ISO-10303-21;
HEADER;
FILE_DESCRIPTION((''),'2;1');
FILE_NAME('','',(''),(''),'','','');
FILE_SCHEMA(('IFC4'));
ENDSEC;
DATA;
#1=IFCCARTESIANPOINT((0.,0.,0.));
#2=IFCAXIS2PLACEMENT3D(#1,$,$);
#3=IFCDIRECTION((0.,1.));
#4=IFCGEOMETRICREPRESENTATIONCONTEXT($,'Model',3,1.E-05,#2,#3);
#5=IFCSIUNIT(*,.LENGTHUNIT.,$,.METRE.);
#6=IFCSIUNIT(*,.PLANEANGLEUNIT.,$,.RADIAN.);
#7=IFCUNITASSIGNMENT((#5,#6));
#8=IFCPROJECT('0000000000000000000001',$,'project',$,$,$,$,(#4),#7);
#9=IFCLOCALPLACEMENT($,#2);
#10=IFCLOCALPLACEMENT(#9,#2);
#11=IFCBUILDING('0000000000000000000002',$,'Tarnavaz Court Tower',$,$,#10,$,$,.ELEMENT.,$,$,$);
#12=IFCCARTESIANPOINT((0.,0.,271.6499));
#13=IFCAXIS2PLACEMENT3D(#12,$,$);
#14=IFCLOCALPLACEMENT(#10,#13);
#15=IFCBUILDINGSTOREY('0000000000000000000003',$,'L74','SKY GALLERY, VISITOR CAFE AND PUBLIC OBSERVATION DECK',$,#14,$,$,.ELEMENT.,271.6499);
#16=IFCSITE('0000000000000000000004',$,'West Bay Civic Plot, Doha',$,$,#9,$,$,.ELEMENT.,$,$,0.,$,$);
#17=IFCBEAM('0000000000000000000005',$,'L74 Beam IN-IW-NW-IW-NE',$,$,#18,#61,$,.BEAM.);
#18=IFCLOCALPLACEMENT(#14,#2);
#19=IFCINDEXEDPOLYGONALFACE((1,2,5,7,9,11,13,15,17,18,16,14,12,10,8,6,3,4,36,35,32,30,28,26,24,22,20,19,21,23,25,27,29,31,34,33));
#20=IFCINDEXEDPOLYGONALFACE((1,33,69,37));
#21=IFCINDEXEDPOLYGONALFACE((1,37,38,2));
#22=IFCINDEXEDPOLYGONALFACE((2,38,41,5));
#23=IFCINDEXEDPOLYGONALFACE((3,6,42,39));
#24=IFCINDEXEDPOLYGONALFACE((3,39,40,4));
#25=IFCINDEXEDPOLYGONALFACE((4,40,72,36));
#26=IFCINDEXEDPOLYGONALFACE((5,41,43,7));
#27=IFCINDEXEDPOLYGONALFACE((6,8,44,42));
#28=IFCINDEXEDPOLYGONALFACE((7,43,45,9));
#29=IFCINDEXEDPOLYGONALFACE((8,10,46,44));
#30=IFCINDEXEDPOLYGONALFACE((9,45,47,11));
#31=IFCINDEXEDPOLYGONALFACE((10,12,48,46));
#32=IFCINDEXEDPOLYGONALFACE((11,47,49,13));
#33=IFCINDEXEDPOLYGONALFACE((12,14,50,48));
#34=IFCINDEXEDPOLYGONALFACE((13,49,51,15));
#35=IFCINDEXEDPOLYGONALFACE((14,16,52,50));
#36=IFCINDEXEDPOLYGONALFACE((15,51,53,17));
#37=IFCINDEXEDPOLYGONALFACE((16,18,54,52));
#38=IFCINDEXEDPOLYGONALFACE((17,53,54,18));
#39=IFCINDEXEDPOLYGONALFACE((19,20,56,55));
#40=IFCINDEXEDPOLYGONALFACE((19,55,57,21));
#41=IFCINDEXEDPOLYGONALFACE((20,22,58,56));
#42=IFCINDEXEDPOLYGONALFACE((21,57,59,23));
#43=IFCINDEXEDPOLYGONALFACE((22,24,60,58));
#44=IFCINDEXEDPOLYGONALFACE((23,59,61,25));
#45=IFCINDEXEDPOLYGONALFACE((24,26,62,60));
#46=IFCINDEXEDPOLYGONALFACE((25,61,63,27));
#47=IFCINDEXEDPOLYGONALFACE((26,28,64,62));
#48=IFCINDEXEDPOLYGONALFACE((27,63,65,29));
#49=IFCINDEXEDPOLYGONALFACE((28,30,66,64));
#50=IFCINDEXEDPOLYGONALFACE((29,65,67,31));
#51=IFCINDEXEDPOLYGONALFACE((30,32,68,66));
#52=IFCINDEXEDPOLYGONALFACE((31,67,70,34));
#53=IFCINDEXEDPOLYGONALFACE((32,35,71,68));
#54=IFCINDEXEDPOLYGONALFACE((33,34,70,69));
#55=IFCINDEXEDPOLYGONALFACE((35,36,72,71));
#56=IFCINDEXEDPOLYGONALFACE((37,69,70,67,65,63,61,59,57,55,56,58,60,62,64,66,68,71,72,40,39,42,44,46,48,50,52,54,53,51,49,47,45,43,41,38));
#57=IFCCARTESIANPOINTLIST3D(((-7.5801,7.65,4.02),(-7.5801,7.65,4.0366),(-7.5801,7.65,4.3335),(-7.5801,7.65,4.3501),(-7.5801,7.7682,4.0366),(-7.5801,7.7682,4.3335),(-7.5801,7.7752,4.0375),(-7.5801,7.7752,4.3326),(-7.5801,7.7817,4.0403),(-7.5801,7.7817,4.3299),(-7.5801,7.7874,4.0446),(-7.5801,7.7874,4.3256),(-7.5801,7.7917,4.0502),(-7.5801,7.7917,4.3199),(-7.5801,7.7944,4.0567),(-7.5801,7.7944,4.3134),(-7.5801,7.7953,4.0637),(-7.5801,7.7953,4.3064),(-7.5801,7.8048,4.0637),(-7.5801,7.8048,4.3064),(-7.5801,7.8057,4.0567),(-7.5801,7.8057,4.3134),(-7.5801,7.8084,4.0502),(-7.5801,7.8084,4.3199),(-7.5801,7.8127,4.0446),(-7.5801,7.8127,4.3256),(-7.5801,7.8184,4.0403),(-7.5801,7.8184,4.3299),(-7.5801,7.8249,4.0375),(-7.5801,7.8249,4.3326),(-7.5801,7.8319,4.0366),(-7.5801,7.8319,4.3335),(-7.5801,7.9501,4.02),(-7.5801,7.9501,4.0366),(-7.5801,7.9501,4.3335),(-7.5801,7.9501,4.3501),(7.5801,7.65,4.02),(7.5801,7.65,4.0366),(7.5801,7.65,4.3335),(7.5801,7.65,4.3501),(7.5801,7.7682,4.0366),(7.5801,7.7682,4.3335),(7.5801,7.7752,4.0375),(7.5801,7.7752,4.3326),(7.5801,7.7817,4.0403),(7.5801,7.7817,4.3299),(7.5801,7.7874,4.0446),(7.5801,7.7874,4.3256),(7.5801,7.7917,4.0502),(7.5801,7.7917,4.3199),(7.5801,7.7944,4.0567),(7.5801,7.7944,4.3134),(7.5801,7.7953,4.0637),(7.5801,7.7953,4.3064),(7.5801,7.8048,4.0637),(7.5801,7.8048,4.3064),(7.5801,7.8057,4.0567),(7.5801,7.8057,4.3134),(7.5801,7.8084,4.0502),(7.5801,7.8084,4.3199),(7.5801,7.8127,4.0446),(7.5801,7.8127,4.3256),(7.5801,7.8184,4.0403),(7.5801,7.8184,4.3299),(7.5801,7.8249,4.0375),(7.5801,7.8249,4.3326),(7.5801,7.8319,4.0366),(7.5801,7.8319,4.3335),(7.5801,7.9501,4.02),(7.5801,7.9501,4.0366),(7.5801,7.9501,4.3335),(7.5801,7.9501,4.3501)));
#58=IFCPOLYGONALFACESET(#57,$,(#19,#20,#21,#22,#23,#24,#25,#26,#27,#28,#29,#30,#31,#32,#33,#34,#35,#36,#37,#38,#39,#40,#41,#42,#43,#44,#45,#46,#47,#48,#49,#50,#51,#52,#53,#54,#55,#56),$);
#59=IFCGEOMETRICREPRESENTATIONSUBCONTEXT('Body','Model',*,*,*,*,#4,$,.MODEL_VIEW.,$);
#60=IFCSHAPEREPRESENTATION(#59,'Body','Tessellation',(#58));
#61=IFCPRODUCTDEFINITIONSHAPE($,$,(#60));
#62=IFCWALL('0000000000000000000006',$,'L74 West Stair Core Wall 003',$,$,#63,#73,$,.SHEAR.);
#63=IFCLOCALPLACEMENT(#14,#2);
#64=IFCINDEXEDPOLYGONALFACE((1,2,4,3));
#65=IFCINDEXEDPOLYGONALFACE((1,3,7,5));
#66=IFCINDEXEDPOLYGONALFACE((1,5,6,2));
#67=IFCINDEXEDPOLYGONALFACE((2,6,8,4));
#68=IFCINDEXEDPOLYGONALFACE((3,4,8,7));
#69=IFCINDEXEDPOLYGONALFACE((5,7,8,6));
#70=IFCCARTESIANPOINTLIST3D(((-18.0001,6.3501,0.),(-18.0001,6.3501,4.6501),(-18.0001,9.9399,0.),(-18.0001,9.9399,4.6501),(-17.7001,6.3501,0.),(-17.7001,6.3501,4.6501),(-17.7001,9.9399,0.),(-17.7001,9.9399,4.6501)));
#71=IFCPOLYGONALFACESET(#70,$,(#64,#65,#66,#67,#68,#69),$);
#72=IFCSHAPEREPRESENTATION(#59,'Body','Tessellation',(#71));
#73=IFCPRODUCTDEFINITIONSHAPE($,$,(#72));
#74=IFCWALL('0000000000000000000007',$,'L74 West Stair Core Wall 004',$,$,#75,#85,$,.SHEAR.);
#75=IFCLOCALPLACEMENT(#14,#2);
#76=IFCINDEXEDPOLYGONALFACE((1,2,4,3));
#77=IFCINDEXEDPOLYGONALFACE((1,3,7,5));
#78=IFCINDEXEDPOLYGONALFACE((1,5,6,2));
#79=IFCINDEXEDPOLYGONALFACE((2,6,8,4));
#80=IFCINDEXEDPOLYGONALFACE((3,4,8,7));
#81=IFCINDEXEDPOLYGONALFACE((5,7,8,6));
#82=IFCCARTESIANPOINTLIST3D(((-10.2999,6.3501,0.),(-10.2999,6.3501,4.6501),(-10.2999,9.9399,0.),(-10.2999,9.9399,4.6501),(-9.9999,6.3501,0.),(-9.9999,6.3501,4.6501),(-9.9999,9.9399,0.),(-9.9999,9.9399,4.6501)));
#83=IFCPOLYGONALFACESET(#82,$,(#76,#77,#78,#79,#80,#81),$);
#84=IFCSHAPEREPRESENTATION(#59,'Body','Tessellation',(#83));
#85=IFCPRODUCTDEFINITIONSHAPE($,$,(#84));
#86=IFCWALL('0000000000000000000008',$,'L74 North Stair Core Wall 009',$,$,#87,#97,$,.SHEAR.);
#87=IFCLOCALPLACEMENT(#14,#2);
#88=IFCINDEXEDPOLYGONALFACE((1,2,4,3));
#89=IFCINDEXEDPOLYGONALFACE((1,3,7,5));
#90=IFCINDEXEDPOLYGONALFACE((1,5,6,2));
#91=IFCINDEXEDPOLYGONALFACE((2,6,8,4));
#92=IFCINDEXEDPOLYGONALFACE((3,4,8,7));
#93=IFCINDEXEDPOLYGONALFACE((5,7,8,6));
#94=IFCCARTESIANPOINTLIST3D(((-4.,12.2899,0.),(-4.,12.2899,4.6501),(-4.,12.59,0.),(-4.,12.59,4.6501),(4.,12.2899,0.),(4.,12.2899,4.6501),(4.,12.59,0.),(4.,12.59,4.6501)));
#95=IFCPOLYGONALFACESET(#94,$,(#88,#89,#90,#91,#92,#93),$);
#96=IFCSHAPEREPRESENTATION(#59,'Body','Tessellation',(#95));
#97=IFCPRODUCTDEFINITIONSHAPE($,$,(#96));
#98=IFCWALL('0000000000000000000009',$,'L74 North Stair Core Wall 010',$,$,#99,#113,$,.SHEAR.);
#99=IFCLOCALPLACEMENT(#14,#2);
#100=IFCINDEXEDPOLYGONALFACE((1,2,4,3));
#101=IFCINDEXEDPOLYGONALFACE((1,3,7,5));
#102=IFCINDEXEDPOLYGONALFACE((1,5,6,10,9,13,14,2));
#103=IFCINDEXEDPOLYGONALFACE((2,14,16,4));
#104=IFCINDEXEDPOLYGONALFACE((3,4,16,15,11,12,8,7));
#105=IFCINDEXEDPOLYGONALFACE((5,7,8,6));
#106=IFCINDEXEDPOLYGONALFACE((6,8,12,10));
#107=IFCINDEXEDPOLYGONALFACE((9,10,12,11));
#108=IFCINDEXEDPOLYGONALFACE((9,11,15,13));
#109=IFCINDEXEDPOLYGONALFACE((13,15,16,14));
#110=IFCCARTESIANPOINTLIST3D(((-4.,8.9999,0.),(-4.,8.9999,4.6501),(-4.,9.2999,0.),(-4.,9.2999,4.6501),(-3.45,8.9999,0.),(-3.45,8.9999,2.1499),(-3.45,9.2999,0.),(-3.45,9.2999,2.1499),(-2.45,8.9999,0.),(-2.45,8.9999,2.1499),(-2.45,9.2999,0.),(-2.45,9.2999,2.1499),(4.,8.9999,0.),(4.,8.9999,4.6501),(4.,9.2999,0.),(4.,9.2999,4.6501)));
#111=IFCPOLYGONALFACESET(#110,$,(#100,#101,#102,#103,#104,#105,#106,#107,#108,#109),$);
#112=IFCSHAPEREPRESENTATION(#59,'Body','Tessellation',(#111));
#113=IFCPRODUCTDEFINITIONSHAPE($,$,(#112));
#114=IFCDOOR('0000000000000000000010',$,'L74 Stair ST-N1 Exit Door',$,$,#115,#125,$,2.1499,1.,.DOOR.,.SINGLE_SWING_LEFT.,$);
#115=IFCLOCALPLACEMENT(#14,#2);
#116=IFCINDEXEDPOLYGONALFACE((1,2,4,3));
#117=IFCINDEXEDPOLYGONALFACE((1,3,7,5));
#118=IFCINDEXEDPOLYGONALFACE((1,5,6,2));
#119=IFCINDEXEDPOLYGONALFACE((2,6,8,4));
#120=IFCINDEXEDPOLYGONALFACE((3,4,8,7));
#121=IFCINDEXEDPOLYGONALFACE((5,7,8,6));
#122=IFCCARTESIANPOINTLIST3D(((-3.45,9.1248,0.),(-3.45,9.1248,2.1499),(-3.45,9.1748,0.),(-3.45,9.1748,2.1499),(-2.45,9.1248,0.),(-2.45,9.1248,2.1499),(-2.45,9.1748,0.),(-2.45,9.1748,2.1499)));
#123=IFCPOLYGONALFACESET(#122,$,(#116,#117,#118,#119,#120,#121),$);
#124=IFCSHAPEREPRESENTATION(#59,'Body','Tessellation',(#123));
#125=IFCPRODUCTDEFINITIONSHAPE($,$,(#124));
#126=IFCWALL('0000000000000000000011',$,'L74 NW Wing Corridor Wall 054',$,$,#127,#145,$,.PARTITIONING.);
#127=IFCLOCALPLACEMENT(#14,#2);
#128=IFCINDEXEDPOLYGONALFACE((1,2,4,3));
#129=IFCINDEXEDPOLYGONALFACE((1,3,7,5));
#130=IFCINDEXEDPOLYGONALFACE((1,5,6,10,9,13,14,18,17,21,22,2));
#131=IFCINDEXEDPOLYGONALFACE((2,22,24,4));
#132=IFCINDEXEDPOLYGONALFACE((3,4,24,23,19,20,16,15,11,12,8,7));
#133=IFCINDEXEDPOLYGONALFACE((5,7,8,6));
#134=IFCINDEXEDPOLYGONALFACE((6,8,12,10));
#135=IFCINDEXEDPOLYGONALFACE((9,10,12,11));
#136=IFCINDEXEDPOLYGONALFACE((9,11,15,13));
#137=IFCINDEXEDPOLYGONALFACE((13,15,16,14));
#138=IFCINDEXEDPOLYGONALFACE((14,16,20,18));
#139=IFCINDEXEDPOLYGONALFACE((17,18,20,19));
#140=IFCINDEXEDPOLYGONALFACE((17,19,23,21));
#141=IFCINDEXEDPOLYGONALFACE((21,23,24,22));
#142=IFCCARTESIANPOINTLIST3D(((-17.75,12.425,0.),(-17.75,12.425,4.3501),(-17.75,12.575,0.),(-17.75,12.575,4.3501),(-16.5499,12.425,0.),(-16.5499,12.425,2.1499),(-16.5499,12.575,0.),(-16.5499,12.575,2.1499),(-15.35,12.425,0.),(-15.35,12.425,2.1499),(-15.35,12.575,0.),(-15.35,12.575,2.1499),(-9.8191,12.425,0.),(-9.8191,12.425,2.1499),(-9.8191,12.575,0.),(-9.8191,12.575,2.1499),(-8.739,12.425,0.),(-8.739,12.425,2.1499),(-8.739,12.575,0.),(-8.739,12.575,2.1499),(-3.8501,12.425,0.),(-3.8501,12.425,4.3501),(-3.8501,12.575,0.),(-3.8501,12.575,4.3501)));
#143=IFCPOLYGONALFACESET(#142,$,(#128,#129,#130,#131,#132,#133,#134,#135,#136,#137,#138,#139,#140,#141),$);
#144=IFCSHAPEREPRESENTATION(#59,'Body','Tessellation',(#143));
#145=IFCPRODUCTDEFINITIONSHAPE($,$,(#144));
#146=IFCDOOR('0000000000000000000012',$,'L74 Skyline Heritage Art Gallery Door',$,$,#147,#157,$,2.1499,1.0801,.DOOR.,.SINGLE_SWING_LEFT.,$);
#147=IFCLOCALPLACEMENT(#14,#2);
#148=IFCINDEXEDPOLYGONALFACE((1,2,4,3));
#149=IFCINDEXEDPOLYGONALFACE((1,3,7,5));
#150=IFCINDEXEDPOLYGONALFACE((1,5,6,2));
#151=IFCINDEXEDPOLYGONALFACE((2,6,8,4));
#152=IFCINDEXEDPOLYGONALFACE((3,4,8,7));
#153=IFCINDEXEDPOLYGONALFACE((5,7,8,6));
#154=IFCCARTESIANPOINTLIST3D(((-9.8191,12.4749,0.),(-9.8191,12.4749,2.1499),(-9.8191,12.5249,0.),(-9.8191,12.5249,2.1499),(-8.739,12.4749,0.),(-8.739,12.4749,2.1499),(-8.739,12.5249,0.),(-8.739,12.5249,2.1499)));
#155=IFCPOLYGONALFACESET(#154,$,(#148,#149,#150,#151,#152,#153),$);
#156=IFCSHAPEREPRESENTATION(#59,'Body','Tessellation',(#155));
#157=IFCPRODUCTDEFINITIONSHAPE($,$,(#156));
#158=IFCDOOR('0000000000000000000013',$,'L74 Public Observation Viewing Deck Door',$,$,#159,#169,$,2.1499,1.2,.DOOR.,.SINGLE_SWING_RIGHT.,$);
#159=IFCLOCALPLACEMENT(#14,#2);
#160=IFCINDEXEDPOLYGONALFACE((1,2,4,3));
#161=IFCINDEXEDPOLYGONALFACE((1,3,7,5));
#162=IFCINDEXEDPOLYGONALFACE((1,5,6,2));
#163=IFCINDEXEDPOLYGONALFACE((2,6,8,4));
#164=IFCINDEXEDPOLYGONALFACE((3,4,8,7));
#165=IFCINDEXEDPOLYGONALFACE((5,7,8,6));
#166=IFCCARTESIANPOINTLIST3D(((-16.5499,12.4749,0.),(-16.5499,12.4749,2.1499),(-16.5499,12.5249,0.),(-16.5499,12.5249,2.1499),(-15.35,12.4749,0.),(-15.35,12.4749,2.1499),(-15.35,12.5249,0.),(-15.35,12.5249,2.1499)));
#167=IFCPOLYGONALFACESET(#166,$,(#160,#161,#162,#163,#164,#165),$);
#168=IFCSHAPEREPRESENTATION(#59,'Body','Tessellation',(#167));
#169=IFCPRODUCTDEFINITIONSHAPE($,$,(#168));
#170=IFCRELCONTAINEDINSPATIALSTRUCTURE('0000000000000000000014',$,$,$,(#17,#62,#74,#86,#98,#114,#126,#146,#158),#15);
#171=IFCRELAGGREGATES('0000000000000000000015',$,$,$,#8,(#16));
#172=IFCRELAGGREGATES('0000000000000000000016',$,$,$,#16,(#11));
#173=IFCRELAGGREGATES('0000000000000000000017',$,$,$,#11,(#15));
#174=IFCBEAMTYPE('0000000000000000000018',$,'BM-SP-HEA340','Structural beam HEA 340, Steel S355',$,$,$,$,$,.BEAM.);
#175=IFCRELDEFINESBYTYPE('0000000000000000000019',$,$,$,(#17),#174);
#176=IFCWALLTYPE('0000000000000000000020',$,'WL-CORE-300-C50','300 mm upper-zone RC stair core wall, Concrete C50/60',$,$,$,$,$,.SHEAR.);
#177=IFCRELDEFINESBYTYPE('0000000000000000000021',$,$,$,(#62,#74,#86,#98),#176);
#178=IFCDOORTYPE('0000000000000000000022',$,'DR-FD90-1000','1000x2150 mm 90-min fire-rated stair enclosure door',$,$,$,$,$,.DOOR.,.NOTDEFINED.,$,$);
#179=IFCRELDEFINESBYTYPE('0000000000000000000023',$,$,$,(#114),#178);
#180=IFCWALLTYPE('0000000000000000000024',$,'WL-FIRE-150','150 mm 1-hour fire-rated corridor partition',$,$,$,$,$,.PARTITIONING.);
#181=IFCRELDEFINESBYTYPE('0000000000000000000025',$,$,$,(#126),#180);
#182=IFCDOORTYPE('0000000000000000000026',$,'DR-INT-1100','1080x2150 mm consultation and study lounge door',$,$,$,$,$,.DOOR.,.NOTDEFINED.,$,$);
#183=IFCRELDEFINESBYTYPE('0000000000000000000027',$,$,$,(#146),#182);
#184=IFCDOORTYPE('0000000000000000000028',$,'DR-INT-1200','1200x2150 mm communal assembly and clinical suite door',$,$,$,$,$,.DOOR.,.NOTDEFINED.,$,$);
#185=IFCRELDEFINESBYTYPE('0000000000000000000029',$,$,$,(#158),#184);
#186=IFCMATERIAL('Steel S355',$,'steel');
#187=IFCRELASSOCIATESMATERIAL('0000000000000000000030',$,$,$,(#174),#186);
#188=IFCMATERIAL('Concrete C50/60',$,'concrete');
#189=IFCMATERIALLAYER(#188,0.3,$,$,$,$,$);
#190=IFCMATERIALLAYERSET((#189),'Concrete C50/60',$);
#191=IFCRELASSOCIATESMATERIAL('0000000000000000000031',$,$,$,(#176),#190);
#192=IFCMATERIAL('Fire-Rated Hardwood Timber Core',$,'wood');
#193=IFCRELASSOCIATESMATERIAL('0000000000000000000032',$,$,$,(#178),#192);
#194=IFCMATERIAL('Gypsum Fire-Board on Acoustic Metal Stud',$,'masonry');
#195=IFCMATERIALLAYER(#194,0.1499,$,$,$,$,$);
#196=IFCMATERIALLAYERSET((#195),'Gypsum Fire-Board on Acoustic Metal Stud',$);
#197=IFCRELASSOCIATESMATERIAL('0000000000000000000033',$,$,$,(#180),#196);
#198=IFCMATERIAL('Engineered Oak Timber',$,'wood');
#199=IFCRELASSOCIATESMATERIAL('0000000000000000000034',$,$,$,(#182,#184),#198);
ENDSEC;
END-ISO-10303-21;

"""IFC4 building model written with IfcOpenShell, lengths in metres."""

from ifc_helpers import new_model, si_unit, direction, frame, frame_2d, origin, origin_2d, place, context, subcontext, project, spatial, rectangle, i_section, extrude, material, layer, layer_set, material_profile, profile_set, type_object, element, fill, save


model = new_model("IFC4")

# Units and contexts
model_context = context("Model", 3, precision=1e-05, world=origin(), true_north=direction((0.0, 1.0)))
body_context = subcontext(model_context, "Body", "Model", "MODEL_VIEW")
ifc_project = project(units=[si_unit("LENGTHUNIT", "METRE"), si_unit("PLANEANGLEUNIT", "RADIAN")], contexts=[model_context])

# Site, building, storey
site_placement = place(None, origin())
site = spatial("IfcSite", under=ifc_project, at=site_placement, Name="West Bay Civic Plot, Doha", CompositionType="ELEMENT", RefElevation=0.0)
building_placement = place(site_placement, origin())
building = spatial("IfcBuilding", under=site, at=building_placement, Name="Tarnavaz Court Tower", CompositionType="ELEMENT")
storey_placement = place(building_placement, frame((0.0, 0.0, 271.6499)))
storey = spatial("IfcBuildingStorey", under=building, at=storey_placement, Name="L74", Description="SKY GALLERY, VISITOR CAFE AND PUBLIC OBSERVATION DECK", CompositionType="ELEMENT", Elevation=271.6499)

# Shared definitions
ifc_material_1 = material(Name="Concrete C50/60", Category="concrete")

# Beam
ifc_material_2 = material(Name="Steel S355", Category="steel")
ifc_material_profile_1 = material_profile(ifc_material_2, i_section(OverallWidth=0.3, OverallDepth=0.3301, WebThickness=0.0095, FlangeThickness=0.0166, FilletRadius=0.0271, at=origin_2d()), Name="HEA 340")
ifc_profile_set_1 = profile_set([ifc_material_profile_1], Name="Steel S355")
beam_type_1 = type_object("IfcBeamType", Name="BM-SP-HEA340", Description="Structural beam HEA 340, Steel S355", PredefinedType="BEAM", material=ifc_profile_set_1)
beam_1_placement = place(storey_placement, frame((-7.5801, 7.8, 4.1851), z_axis=(1.0, 0.0, 0.0), x_axis=(0.0, 1.0, 0.0)))
element("IfcBeam", 1, at=beam_1_placement, inside=storey, type_object=beam_type_1, Name="L74 Beam IN-IW-NW-IW-NE", PredefinedType="BEAM", context=body_context, shape_type="SweptSolid", body=[
    extrude(i_section(OverallWidth=0.3, OverallDepth=0.3301, WebThickness=0.0095, FlangeThickness=0.0166, FilletRadius=0.0271, at=origin_2d()), origin(), (0.0, 0.0, 1.0), 15.1602),
])

# Walls
ifc_layer_1 = layer(ifc_material_1, 0.3)
ifc_layer_set_1 = layer_set([ifc_layer_1], Name="Concrete C50/60")
wall_type_1 = type_object("IfcWallType", Name="WL-CORE-300-C50", Description="300 mm upper-zone RC stair core wall, Concrete C50/60", PredefinedType="SHEAR", material=ifc_layer_set_1)
for number, where, z_axis, x_axis, name in (
    (2, (-17.8501, 6.3501, 0.0), (0.0, 0.0, 1.0), (0.0, 1.0, 0.0), "L74 West Stair Core Wall 003"),
    (3, (-10.1499, 6.3501, 0.0), (0.0, 0.0, 1.0), (0.0, 1.0, 0.0), "L74 West Stair Core Wall 004"),
):
    element("IfcWall", number, at=place(storey_placement, frame(where, z_axis=z_axis, x_axis=x_axis)), inside=storey, type_object=wall_type_1, Name=name, PredefinedType="SHEAR", context=body_context, shape_type="SweptSolid", body=[
        extrude(rectangle(XDim=3.5898, YDim=0.3, at=frame_2d((1.7949, 0.0))), origin(), (0.0, 0.0, 1.0), 4.6501),
    ])
wall_1_placement = place(storey_placement, frame((-4.0, 12.4399, 0.0), z_axis=(0.0, 0.0, 1.0), x_axis=(1.0, 0.0, 0.0)))
element("IfcWall", 4, at=wall_1_placement, inside=storey, type_object=wall_type_1, Name="L74 North Stair Core Wall 009", PredefinedType="SHEAR", context=body_context, shape_type="SweptSolid", body=[
    extrude(rectangle(XDim=8.0, YDim=0.3, at=frame_2d((4.0, 0.0))), origin(), (0.0, 0.0, 1.0), 4.6501),
])

# Wall, opening, door
wall_2_placement = place(storey_placement, frame((-4.0, 9.1499, 0.0), z_axis=(0.0, 0.0, 1.0), x_axis=(1.0, 0.0, 0.0)))
wall_2 = element("IfcWall", 5, at=wall_2_placement, inside=storey, type_object=wall_type_1, Name="L74 North Stair Core Wall 010", PredefinedType="SHEAR", context=body_context, shape_type="SweptSolid", body=[
    extrude(rectangle(XDim=8.0, YDim=0.3, at=frame_2d((4.0, 0.0))), origin(), (0.0, 0.0, 1.0), 4.6501),
])
opening_1_placement = place(wall_2_placement, frame((0.55, 0.0, 0.0)))
opening_1 = element("IfcOpeningElement", 6, at=opening_1_placement, cuts=wall_2, PredefinedType="OPENING", context=body_context, shape_type="SweptSolid", body=[
    extrude(rectangle(XDim=1.0, YDim=2.1499, at=frame_2d((0.5, 1.075))), frame((0.0, 0.1599, 0.0), z_axis=(0.0, -1.0, 0.0), x_axis=(1.0, 0.0, 0.0)), (0.0, 0.0, 1.0), 0.3201),
])
ifc_material_3 = material(Name="Fire-Rated Hardwood Timber Core", Category="wood")
door_type_1 = type_object("IfcDoorType", Name="DR-FD90-1000", Description="1000x2150 mm 90-min fire-rated stair enclosure door", OperationType="NOTDEFINED", PredefinedType="DOOR", material=ifc_material_3)
door_1_placement = place(opening_1_placement, origin())
door_1 = element("IfcDoor", 7, at=door_1_placement, inside=storey, type_object=door_type_1, Name="L74 Stair ST-N1 Exit Door", OperationType="SINGLE_SWING_LEFT", OverallHeight=2.1499, OverallWidth=1.0, PredefinedType="DOOR", context=body_context, shape_type="SweptSolid", body=[
    extrude(rectangle(XDim=1.0, YDim=2.1499, at=frame_2d((0.5, 1.075))), frame((0.0, 0.0249, 0.0), z_axis=(0.0, -1.0, 0.0), x_axis=(1.0, 0.0, 0.0)), (0.0, 0.0, 1.0), 0.05),
])
fill(opening_1, door_1)

# Wall, openings, doors
ifc_material_4 = material(Name="Gypsum Fire-Board on Acoustic Metal Stud", Category="masonry")
ifc_layer_2 = layer(ifc_material_4, 0.1499)
ifc_layer_set_2 = layer_set([ifc_layer_2], Name="Gypsum Fire-Board on Acoustic Metal Stud")
wall_type_2 = type_object("IfcWallType", Name="WL-FIRE-150", Description="150 mm 1-hour fire-rated corridor partition", PredefinedType="PARTITIONING", material=ifc_layer_set_2)
wall_3_placement = place(storey_placement, frame((-17.75, 12.5, 0.0), z_axis=(0.0, 0.0, 1.0), x_axis=(1.0, 0.0, 0.0)))
wall_3 = element("IfcWall", 8, at=wall_3_placement, inside=storey, type_object=wall_type_2, Name="L74 NW Wing Corridor Wall 054", PredefinedType="PARTITIONING", context=body_context, shape_type="SweptSolid", body=[
    extrude(rectangle(XDim=13.8999, YDim=0.1499, at=frame_2d((6.95, 0.0))), origin(), (0.0, 0.0, 1.0), 4.3501),
])
opening_2_placement = place(wall_3_placement, frame((1.2, 0.0, 0.0)))
opening_2 = element("IfcOpeningElement", 9, at=opening_2_placement, cuts=wall_3, PredefinedType="OPENING", context=body_context, shape_type="SweptSolid", body=[
    extrude(rectangle(XDim=1.2, YDim=2.1499, at=frame_2d((0.6001, 1.075))), frame((0.0, 0.085, 0.0), z_axis=(0.0, -1.0, 0.0), x_axis=(1.0, 0.0, 0.0)), (0.0, 0.0, 1.0), 0.1699),
])
opening_3_placement = place(wall_3_placement, frame((7.9309, 0.0, 0.0)))
opening_3 = element("IfcOpeningElement", 10, at=opening_3_placement, cuts=wall_3, PredefinedType="OPENING", context=body_context, shape_type="SweptSolid", body=[
    extrude(rectangle(XDim=1.0801, YDim=2.1499, at=frame_2d((0.54, 1.075))), frame((0.0, 0.085, 0.0), z_axis=(0.0, -1.0, 0.0), x_axis=(1.0, 0.0, 0.0)), (0.0, 0.0, 1.0), 0.1699),
])
ifc_material_5 = material(Name="Engineered Oak Timber", Category="wood")
door_type_2 = type_object("IfcDoorType", Name="DR-INT-1100", Description="1080x2150 mm consultation and study lounge door", OperationType="NOTDEFINED", PredefinedType="DOOR", material=ifc_material_5)
door_2_placement = place(opening_3_placement, origin())
door_2 = element("IfcDoor", 11, at=door_2_placement, inside=storey, type_object=door_type_2, Name="L74 Skyline Heritage Art Gallery Door", OperationType="SINGLE_SWING_LEFT", OverallHeight=2.1499, OverallWidth=1.0801, PredefinedType="DOOR", context=body_context, shape_type="SweptSolid", body=[
    extrude(rectangle(XDim=1.0801, YDim=2.1499, at=frame_2d((0.54, 1.075))), frame((0.0, 0.0249, 0.0), z_axis=(0.0, -1.0, 0.0), x_axis=(1.0, 0.0, 0.0)), (0.0, 0.0, 1.0), 0.05),
])
fill(opening_3, door_2)
door_type_3 = type_object("IfcDoorType", Name="DR-INT-1200", Description="1200x2150 mm communal assembly and clinical suite door", OperationType="NOTDEFINED", PredefinedType="DOOR", material=ifc_material_5)
door_3_placement = place(opening_2_placement, origin())
door_3 = element("IfcDoor", 12, at=door_3_placement, inside=storey, type_object=door_type_3, Name="L74 Public Observation Viewing Deck Door", OperationType="SINGLE_SWING_RIGHT", OverallHeight=2.1499, OverallWidth=1.2, PredefinedType="DOOR", context=body_context, shape_type="SweptSolid", body=[
    extrude(rectangle(XDim=1.2, YDim=2.1499, at=frame_2d((0.6001, 1.075))), frame((0.0, 0.0249, 0.0), z_axis=(0.0, -1.0, 0.0), x_axis=(1.0, 0.0, 0.0)), (0.0, 0.0, 1.0), 0.05),
])
fill(opening_2, door_3)

save(model, "model.ifc")
